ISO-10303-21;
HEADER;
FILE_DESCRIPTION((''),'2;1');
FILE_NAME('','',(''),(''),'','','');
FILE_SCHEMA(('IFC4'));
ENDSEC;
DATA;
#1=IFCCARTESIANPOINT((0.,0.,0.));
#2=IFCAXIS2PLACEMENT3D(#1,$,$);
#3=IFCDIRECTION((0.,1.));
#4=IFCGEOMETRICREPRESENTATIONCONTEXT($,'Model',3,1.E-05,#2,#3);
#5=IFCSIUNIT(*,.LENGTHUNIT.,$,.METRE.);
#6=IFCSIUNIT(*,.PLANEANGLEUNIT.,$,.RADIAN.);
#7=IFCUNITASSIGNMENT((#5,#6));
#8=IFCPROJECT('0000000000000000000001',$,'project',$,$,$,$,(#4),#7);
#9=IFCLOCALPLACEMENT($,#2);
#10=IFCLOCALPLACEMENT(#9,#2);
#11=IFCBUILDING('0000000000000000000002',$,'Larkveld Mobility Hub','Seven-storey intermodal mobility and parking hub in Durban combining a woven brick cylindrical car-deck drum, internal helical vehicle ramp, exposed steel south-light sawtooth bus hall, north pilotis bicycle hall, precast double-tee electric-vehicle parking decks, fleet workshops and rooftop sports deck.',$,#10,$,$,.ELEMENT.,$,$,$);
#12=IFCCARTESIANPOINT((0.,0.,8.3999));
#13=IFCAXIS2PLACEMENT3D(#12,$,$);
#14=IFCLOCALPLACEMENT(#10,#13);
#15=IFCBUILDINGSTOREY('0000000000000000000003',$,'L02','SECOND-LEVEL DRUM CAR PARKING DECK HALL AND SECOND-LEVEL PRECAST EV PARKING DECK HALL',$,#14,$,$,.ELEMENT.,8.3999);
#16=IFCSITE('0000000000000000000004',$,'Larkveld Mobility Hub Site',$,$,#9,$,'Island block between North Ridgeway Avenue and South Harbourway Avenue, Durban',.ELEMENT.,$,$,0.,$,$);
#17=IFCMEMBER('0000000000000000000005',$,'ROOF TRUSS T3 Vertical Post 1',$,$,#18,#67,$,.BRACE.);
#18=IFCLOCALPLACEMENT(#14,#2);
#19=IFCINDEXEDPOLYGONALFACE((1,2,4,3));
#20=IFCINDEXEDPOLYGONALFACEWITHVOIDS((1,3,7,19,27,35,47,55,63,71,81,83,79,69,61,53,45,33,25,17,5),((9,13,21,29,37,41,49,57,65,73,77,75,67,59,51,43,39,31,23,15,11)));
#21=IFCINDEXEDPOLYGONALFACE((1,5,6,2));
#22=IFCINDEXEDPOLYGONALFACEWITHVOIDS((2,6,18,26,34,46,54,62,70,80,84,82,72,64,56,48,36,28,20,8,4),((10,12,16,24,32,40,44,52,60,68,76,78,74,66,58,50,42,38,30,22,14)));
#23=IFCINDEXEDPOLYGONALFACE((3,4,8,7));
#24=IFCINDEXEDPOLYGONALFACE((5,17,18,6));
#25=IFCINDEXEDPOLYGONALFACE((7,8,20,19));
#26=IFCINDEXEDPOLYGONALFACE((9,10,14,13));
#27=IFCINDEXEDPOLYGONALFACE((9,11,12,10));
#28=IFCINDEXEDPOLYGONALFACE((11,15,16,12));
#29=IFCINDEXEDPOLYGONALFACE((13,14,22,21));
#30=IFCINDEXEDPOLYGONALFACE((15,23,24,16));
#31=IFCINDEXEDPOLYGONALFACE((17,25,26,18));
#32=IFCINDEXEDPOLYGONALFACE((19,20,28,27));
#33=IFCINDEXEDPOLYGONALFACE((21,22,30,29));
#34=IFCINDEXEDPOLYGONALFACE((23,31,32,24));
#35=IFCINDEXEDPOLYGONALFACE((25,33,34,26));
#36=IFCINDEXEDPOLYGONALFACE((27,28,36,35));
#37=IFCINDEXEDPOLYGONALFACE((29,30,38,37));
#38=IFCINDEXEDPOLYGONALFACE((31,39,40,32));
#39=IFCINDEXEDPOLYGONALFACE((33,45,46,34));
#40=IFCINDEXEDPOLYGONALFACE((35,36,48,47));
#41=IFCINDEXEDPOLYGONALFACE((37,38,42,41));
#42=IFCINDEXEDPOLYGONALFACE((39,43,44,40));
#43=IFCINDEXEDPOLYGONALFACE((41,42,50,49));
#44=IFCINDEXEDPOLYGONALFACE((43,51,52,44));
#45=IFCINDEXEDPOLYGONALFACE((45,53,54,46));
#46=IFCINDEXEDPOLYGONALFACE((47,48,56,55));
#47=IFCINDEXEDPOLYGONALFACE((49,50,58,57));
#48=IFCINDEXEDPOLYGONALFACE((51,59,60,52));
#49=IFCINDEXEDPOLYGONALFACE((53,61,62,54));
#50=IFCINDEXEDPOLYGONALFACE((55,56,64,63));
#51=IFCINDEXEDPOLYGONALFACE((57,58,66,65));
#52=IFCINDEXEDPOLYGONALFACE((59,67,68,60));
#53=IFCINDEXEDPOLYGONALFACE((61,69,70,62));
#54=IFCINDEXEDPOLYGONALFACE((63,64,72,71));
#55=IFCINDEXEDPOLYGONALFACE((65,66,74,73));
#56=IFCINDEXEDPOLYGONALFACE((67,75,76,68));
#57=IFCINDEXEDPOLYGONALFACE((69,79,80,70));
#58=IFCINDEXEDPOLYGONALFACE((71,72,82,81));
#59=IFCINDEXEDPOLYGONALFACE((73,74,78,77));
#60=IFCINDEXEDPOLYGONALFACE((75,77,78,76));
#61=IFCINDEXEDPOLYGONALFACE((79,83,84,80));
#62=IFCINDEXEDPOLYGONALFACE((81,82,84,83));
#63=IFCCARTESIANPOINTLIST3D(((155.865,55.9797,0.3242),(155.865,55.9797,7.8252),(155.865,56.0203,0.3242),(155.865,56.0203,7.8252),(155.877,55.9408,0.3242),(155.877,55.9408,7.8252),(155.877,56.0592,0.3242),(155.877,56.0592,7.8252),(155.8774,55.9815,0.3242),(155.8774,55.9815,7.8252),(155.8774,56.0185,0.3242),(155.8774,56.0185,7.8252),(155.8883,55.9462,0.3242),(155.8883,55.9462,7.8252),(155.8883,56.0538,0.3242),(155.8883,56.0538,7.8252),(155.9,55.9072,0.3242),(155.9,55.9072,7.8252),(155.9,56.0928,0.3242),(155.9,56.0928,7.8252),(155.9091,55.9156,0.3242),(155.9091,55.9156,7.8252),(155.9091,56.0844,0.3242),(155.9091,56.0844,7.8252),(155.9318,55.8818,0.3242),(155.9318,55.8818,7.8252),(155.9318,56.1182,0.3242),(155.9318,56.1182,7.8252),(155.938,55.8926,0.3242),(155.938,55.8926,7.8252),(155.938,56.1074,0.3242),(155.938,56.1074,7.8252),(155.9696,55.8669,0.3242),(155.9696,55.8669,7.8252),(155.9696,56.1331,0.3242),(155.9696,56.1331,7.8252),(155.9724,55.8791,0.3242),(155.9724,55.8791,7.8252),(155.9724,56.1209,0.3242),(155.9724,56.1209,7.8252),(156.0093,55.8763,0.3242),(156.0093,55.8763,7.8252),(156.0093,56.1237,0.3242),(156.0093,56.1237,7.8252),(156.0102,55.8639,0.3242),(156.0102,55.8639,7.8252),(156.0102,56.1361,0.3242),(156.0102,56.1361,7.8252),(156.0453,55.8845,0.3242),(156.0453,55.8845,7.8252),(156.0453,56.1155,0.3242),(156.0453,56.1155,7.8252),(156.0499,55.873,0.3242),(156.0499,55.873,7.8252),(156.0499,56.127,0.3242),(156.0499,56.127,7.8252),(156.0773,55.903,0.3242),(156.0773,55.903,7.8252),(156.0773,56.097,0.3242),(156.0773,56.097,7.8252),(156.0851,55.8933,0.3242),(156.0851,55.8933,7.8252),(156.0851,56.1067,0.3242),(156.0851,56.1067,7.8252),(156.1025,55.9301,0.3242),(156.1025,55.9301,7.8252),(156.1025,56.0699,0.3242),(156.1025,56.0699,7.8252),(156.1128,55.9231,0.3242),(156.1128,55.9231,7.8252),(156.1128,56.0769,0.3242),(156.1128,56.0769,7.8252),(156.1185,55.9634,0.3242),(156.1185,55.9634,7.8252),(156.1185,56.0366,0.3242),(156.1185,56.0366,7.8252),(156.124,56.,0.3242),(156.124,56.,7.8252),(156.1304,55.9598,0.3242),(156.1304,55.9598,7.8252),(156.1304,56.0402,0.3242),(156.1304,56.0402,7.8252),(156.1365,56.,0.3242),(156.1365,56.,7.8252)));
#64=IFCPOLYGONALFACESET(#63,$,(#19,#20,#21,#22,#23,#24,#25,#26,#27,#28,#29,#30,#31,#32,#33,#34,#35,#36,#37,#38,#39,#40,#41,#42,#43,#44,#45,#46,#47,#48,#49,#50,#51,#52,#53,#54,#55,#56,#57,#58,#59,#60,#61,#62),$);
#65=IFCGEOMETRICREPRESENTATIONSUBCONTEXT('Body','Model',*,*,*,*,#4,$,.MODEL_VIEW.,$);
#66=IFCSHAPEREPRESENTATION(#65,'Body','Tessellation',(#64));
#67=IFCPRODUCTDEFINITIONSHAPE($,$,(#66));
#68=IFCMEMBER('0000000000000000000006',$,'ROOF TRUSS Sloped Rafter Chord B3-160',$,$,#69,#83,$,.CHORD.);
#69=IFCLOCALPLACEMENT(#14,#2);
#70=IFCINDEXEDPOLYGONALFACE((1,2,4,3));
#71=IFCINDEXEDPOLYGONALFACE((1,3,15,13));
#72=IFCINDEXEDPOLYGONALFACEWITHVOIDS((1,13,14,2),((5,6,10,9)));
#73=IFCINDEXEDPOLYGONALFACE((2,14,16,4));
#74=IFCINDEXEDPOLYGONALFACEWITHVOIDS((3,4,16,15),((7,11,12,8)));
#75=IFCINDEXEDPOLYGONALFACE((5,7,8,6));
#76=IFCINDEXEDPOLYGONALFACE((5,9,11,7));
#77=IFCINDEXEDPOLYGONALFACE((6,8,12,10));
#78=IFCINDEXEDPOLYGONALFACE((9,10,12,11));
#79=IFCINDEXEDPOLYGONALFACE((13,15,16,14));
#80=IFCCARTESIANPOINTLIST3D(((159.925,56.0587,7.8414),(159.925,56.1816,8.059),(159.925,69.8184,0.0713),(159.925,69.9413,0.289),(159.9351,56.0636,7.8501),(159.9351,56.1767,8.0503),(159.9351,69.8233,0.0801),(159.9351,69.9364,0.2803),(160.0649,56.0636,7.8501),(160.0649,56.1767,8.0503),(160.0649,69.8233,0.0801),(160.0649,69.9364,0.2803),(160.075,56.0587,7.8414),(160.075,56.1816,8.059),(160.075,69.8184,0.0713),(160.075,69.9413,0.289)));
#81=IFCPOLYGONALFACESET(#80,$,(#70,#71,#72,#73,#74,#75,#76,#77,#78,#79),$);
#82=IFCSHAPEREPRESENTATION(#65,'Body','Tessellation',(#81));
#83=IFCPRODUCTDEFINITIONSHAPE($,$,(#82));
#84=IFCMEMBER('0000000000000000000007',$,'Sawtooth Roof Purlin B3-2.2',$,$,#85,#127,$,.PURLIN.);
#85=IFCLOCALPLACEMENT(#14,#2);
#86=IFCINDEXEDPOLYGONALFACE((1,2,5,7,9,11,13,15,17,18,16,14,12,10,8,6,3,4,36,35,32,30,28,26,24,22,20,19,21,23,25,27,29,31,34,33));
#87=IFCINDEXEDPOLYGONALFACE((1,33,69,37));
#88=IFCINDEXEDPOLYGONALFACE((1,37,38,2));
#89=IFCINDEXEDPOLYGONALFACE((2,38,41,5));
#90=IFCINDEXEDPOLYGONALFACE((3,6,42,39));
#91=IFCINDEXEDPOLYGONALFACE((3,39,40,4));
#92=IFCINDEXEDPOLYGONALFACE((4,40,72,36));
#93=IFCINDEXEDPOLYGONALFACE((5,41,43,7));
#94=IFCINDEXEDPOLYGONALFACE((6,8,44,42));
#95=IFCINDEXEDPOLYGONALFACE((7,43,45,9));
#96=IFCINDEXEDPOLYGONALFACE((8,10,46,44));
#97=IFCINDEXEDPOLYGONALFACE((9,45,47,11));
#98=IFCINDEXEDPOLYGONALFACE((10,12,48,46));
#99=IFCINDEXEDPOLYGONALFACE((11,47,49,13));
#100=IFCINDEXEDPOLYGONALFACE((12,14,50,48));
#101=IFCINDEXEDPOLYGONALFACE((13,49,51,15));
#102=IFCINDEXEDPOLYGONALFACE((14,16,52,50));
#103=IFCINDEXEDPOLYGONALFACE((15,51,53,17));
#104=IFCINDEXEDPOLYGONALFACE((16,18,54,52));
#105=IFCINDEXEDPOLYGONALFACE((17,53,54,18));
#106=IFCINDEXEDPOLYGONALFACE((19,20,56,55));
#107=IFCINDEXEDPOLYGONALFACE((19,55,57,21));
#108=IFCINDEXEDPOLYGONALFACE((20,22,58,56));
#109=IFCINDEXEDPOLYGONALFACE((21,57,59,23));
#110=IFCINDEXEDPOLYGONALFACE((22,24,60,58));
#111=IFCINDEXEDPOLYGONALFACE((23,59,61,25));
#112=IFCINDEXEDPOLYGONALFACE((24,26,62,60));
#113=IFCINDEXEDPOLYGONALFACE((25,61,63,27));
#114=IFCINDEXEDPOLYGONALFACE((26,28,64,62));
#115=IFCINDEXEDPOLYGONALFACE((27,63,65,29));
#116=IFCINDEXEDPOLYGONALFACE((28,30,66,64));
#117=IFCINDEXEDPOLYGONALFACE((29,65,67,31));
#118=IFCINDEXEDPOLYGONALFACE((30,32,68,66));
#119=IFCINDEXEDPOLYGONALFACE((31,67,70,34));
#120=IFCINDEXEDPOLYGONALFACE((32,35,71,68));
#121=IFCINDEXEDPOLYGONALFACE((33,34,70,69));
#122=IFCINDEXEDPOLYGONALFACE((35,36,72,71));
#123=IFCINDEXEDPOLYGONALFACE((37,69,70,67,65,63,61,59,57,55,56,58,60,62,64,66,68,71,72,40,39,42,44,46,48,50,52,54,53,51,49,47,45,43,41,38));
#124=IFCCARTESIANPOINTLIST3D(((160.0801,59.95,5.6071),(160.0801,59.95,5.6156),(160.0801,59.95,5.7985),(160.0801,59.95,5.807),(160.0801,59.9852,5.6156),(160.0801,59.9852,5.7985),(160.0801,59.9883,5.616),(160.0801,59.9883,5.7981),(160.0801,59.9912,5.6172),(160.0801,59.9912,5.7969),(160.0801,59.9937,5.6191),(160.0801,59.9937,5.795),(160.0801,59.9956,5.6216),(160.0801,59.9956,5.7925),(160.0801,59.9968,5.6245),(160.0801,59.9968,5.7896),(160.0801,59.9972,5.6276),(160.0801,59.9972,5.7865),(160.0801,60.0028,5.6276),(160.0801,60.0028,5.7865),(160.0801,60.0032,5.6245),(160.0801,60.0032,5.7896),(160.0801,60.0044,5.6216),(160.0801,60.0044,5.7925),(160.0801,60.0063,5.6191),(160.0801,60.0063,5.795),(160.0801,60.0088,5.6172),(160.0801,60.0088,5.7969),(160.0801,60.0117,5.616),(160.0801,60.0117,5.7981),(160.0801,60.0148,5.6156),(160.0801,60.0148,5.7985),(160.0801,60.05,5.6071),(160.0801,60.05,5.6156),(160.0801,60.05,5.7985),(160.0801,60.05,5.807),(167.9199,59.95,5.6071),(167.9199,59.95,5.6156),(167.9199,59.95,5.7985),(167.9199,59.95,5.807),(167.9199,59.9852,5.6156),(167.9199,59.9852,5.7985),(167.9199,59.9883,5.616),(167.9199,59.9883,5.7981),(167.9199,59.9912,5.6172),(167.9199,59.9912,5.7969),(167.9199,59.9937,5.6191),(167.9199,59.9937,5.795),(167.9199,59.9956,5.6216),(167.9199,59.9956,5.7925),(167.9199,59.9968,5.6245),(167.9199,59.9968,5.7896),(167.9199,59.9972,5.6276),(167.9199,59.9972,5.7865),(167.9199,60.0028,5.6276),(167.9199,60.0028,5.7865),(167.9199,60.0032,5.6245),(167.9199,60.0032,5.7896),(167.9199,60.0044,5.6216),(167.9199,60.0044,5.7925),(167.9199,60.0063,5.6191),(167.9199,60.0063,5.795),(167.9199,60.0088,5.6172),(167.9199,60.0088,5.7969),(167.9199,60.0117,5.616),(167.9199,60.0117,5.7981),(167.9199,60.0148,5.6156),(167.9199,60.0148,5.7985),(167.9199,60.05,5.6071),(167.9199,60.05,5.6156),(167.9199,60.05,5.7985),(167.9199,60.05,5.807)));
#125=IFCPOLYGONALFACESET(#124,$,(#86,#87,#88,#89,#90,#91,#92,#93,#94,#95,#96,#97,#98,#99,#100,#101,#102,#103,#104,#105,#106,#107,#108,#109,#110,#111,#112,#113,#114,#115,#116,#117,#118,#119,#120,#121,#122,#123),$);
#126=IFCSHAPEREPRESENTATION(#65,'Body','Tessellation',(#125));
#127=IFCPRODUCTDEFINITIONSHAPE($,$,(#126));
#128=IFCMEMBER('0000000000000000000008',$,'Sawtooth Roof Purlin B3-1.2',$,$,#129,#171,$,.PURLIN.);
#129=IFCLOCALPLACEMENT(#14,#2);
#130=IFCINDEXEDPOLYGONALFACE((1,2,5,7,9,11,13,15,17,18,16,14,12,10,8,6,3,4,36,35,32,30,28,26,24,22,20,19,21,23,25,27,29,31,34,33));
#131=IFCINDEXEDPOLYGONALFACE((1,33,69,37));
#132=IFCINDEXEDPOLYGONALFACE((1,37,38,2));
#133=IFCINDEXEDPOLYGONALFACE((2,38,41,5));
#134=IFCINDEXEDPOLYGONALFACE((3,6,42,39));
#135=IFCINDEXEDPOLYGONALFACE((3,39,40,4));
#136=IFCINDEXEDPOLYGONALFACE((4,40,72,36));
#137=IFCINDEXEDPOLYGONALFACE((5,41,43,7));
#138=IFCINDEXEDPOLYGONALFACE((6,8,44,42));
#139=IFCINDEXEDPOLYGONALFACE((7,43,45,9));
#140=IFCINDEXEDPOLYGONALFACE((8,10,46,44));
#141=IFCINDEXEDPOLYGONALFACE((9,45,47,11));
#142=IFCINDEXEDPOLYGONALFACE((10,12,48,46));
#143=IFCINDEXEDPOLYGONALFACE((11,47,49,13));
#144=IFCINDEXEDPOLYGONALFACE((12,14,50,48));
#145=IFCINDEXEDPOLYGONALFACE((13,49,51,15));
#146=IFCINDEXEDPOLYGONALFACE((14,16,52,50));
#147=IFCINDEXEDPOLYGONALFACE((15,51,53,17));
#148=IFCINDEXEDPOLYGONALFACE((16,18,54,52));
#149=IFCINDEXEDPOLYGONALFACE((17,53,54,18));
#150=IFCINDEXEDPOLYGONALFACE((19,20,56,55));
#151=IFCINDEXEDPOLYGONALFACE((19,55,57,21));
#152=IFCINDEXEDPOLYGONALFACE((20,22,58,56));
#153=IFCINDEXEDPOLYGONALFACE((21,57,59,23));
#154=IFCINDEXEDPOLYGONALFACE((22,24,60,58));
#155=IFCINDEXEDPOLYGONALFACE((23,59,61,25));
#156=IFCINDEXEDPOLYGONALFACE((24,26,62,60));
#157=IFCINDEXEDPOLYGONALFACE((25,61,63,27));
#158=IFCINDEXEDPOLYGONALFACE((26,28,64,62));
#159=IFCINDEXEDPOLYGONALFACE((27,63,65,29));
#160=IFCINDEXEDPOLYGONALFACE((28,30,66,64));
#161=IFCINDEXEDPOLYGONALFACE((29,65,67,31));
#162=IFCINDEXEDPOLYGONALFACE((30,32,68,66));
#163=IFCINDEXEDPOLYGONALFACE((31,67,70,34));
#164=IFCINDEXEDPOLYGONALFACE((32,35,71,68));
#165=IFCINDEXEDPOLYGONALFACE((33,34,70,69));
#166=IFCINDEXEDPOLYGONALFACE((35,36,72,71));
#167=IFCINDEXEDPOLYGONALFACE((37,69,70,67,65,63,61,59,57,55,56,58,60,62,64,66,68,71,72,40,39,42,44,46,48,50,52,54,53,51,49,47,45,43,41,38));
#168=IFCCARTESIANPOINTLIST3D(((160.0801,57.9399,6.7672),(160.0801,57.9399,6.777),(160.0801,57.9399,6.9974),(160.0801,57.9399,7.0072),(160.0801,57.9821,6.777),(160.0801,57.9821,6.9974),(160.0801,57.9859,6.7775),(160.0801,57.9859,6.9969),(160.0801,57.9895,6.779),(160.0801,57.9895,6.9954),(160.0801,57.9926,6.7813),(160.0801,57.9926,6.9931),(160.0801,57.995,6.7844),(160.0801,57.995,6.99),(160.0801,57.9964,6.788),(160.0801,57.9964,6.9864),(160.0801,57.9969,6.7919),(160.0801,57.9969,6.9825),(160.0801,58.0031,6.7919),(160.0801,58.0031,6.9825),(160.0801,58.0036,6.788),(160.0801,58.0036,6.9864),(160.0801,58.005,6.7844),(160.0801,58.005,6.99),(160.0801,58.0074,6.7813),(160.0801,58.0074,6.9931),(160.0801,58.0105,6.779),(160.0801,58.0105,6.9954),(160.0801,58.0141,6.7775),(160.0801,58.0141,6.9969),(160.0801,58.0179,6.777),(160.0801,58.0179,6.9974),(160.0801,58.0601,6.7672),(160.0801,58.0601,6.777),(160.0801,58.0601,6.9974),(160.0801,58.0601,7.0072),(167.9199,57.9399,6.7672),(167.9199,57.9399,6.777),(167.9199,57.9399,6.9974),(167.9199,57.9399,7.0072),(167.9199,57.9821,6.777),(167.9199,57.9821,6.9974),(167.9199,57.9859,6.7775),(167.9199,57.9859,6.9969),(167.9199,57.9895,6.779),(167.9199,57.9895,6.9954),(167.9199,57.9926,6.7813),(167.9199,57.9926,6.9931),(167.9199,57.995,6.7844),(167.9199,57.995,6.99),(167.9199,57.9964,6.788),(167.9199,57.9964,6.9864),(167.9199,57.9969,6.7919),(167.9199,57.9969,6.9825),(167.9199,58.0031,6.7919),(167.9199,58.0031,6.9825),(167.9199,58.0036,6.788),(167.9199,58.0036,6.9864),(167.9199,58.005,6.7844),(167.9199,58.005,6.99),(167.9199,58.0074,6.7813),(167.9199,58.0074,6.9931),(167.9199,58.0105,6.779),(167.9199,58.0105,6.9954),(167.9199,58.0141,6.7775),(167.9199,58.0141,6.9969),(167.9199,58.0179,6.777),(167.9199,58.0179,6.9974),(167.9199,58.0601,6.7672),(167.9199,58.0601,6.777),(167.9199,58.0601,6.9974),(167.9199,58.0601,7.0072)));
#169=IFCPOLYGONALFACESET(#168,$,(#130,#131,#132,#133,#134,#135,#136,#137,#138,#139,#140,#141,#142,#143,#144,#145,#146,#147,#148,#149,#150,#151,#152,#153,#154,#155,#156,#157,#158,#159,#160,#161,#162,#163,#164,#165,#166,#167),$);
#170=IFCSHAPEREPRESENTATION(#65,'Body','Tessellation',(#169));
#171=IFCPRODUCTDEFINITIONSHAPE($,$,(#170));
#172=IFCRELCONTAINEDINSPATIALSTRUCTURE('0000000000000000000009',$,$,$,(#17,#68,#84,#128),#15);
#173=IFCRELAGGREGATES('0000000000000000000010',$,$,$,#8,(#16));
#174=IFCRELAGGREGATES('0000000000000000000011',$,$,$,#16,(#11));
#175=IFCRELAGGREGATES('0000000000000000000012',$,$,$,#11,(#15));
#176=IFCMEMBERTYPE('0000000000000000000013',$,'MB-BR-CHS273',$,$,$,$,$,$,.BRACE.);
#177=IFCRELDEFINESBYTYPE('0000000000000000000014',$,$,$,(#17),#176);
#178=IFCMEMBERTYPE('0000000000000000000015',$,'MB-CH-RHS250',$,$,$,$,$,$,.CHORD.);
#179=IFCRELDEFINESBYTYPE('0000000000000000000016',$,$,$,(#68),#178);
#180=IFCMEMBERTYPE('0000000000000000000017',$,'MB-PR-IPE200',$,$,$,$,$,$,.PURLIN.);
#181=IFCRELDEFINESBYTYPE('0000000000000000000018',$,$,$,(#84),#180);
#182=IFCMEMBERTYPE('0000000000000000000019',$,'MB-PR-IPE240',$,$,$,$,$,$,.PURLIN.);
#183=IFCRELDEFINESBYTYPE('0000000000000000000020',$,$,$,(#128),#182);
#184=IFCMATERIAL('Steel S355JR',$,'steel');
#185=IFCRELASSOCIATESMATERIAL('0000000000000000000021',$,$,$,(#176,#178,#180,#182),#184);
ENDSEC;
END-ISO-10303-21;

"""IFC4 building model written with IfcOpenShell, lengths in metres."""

from ifc_helpers import new_model, si_unit, direction, frame, origin, origin_2d, place, context, subcontext, project, spatial, hollow_rectangle, hollow_circle, i_section, extrude, material, material_profile, profile_set, type_object, element, save


model = new_model("IFC4")

# Units and contexts
model_context = context("Model", 3, precision=1e-05, world=origin(), true_north=direction((0.0, 1.0)))
body_context = subcontext(model_context, "Body", "Model", "MODEL_VIEW")
ifc_project = project(units=[si_unit("LENGTHUNIT", "METRE"), si_unit("PLANEANGLEUNIT", "RADIAN")], contexts=[model_context])

# Site, building, storey
site_placement = place(None, origin())
site = spatial("IfcSite", under=ifc_project, at=site_placement, Name="Larkveld Mobility Hub Site", LongName="Island block between North Ridgeway Avenue and South Harbourway Avenue, Durban", CompositionType="ELEMENT", RefElevation=0.0)
building_placement = place(site_placement, origin())
building = spatial("IfcBuilding", under=site, at=building_placement, Name="Larkveld Mobility Hub", Description="Seven-storey intermodal mobility and parking hub in Durban combining a woven brick cylindrical car-deck drum, internal helical vehicle ramp, exposed steel south-light sawtooth bus hall, north pilotis bicycle hall, precast double-tee electric-vehicle parking decks, fleet workshops and rooftop sports deck.", CompositionType="ELEMENT")
storey_placement = place(building_placement, frame((0.0, 0.0, 8.3999)))
storey = spatial("IfcBuildingStorey", under=building, at=storey_placement, Name="L02", Description="SECOND-LEVEL DRUM CAR PARKING DECK HALL AND SECOND-LEVEL PRECAST EV PARKING DECK HALL", CompositionType="ELEMENT", Elevation=8.3999)

# Members
ifc_material_1 = material(Name="Steel S355JR", Category="steel")
ifc_material_profile_1 = material_profile(ifc_material_1, hollow_circle(Radius=0.1365, WallThickness=0.0125, at=origin_2d()), Name="CHS 273x12.5")
ifc_profile_set_1 = profile_set([ifc_material_profile_1], Name="Steel S355JR")
member_type_1 = type_object("IfcMemberType", Name="MB-BR-CHS273", PredefinedType="BRACE", material=ifc_profile_set_1)
member_1_placement = place(storey_placement, frame((156.0, 56.0, 0.3242), z_axis=(0.0, 0.0, 1.0), x_axis=(1.0, 0.0, 0.0)))
element("IfcMember", 1, at=member_1_placement, inside=storey, type_object=member_type_1, Name="ROOF TRUSS T3 Vertical Post 1", PredefinedType="BRACE", context=body_context, shape_type="SweptSolid", body=[
    extrude(hollow_circle(Radius=0.1365, WallThickness=0.0125, at=origin_2d()), origin(), (0.0, 0.0, 1.0), 7.501),
])
ifc_material_profile_2 = material_profile(ifc_material_1, hollow_rectangle(XDim=0.1499, YDim=0.25, WallThickness=0.01, at=origin_2d()), Name="RHS 250x150x10")
ifc_profile_set_2 = profile_set([ifc_material_profile_2], Name="Steel S355JR")
member_type_2 = type_object("IfcMemberType", Name="MB-CH-RHS250", PredefinedType="CHORD", material=ifc_profile_set_2)
member_2_placement = place(storey_placement, frame((160.0, 56.1201, 7.9502), z_axis=(0.0, 0.870759, -0.49171), x_axis=(-1.0, 0.0, 0.0)))
element("IfcMember", 2, at=member_2_placement, inside=storey, type_object=member_type_2, Name="ROOF TRUSS Sloped Rafter Chord B3-160", PredefinedType="CHORD", context=body_context, shape_type="SweptSolid", body=[
    extrude(hollow_rectangle(XDim=0.1499, YDim=0.25, WallThickness=0.01, at=origin_2d()), origin(), (0.0, 0.0, 1.0), 15.802),
])
ifc_material_profile_3 = material_profile(ifc_material_1, i_section(OverallWidth=0.1001, OverallDepth=0.2, WebThickness=0.0056, FlangeThickness=0.0085, FilletRadius=0.012, at=origin_2d()), Name="IPE 200")
ifc_profile_set_3 = profile_set([ifc_material_profile_3], Name="Steel S355JR")
member_type_3 = type_object("IfcMemberType", Name="MB-PR-IPE200", PredefinedType="PURLIN", material=ifc_profile_set_3)
member_3_placement = place(storey_placement, frame((160.0801, 60.0, 5.707), z_axis=(1.0, 0.0, 0.0), x_axis=(0.0, 1.0, 0.0)))
element("IfcMember", 3, at=member_3_placement, inside=storey, type_object=member_type_3, Name="Sawtooth Roof Purlin B3-2.2", PredefinedType="PURLIN", context=body_context, shape_type="SweptSolid", body=[
    extrude(i_section(OverallWidth=0.1001, OverallDepth=0.2, WebThickness=0.0056, FlangeThickness=0.0085, FilletRadius=0.012, at=origin_2d()), origin(), (0.0, 0.0, 1.0), 7.8398),
])
ifc_material_profile_4 = material_profile(ifc_material_1, i_section(OverallWidth=0.1201, OverallDepth=0.24, WebThickness=0.0061, FlangeThickness=0.0098, FilletRadius=0.0149, at=origin_2d()), Name="IPE 240")
ifc_profile_set_4 = profile_set([ifc_material_profile_4], Name="Steel S355JR")
member_type_4 = type_object("IfcMemberType", Name="MB-PR-IPE240", PredefinedType="PURLIN", material=ifc_profile_set_4)
for number, where, z_axis, x_axis, name in (
    (4, (160.0801, 58.0, 6.8872), (1.0, 0.0, 0.0), (0.0, 1.0, 0.0), "Sawtooth Roof Purlin B3-1.2"),
):
    element("IfcMember", number, at=place(storey_placement, frame(where, z_axis=z_axis, x_axis=x_axis)), inside=storey, type_object=member_type_4, Name=name, PredefinedType="PURLIN", context=body_context, shape_type="SweptSolid", body=[
        extrude(i_section(OverallWidth=0.1201, OverallDepth=0.24, WebThickness=0.0061, FlangeThickness=0.0098, FilletRadius=0.0149, at=origin_2d()), origin(), (0.0, 0.0, 1.0), 7.8398),
    ])

save(model, "model.ifc")
